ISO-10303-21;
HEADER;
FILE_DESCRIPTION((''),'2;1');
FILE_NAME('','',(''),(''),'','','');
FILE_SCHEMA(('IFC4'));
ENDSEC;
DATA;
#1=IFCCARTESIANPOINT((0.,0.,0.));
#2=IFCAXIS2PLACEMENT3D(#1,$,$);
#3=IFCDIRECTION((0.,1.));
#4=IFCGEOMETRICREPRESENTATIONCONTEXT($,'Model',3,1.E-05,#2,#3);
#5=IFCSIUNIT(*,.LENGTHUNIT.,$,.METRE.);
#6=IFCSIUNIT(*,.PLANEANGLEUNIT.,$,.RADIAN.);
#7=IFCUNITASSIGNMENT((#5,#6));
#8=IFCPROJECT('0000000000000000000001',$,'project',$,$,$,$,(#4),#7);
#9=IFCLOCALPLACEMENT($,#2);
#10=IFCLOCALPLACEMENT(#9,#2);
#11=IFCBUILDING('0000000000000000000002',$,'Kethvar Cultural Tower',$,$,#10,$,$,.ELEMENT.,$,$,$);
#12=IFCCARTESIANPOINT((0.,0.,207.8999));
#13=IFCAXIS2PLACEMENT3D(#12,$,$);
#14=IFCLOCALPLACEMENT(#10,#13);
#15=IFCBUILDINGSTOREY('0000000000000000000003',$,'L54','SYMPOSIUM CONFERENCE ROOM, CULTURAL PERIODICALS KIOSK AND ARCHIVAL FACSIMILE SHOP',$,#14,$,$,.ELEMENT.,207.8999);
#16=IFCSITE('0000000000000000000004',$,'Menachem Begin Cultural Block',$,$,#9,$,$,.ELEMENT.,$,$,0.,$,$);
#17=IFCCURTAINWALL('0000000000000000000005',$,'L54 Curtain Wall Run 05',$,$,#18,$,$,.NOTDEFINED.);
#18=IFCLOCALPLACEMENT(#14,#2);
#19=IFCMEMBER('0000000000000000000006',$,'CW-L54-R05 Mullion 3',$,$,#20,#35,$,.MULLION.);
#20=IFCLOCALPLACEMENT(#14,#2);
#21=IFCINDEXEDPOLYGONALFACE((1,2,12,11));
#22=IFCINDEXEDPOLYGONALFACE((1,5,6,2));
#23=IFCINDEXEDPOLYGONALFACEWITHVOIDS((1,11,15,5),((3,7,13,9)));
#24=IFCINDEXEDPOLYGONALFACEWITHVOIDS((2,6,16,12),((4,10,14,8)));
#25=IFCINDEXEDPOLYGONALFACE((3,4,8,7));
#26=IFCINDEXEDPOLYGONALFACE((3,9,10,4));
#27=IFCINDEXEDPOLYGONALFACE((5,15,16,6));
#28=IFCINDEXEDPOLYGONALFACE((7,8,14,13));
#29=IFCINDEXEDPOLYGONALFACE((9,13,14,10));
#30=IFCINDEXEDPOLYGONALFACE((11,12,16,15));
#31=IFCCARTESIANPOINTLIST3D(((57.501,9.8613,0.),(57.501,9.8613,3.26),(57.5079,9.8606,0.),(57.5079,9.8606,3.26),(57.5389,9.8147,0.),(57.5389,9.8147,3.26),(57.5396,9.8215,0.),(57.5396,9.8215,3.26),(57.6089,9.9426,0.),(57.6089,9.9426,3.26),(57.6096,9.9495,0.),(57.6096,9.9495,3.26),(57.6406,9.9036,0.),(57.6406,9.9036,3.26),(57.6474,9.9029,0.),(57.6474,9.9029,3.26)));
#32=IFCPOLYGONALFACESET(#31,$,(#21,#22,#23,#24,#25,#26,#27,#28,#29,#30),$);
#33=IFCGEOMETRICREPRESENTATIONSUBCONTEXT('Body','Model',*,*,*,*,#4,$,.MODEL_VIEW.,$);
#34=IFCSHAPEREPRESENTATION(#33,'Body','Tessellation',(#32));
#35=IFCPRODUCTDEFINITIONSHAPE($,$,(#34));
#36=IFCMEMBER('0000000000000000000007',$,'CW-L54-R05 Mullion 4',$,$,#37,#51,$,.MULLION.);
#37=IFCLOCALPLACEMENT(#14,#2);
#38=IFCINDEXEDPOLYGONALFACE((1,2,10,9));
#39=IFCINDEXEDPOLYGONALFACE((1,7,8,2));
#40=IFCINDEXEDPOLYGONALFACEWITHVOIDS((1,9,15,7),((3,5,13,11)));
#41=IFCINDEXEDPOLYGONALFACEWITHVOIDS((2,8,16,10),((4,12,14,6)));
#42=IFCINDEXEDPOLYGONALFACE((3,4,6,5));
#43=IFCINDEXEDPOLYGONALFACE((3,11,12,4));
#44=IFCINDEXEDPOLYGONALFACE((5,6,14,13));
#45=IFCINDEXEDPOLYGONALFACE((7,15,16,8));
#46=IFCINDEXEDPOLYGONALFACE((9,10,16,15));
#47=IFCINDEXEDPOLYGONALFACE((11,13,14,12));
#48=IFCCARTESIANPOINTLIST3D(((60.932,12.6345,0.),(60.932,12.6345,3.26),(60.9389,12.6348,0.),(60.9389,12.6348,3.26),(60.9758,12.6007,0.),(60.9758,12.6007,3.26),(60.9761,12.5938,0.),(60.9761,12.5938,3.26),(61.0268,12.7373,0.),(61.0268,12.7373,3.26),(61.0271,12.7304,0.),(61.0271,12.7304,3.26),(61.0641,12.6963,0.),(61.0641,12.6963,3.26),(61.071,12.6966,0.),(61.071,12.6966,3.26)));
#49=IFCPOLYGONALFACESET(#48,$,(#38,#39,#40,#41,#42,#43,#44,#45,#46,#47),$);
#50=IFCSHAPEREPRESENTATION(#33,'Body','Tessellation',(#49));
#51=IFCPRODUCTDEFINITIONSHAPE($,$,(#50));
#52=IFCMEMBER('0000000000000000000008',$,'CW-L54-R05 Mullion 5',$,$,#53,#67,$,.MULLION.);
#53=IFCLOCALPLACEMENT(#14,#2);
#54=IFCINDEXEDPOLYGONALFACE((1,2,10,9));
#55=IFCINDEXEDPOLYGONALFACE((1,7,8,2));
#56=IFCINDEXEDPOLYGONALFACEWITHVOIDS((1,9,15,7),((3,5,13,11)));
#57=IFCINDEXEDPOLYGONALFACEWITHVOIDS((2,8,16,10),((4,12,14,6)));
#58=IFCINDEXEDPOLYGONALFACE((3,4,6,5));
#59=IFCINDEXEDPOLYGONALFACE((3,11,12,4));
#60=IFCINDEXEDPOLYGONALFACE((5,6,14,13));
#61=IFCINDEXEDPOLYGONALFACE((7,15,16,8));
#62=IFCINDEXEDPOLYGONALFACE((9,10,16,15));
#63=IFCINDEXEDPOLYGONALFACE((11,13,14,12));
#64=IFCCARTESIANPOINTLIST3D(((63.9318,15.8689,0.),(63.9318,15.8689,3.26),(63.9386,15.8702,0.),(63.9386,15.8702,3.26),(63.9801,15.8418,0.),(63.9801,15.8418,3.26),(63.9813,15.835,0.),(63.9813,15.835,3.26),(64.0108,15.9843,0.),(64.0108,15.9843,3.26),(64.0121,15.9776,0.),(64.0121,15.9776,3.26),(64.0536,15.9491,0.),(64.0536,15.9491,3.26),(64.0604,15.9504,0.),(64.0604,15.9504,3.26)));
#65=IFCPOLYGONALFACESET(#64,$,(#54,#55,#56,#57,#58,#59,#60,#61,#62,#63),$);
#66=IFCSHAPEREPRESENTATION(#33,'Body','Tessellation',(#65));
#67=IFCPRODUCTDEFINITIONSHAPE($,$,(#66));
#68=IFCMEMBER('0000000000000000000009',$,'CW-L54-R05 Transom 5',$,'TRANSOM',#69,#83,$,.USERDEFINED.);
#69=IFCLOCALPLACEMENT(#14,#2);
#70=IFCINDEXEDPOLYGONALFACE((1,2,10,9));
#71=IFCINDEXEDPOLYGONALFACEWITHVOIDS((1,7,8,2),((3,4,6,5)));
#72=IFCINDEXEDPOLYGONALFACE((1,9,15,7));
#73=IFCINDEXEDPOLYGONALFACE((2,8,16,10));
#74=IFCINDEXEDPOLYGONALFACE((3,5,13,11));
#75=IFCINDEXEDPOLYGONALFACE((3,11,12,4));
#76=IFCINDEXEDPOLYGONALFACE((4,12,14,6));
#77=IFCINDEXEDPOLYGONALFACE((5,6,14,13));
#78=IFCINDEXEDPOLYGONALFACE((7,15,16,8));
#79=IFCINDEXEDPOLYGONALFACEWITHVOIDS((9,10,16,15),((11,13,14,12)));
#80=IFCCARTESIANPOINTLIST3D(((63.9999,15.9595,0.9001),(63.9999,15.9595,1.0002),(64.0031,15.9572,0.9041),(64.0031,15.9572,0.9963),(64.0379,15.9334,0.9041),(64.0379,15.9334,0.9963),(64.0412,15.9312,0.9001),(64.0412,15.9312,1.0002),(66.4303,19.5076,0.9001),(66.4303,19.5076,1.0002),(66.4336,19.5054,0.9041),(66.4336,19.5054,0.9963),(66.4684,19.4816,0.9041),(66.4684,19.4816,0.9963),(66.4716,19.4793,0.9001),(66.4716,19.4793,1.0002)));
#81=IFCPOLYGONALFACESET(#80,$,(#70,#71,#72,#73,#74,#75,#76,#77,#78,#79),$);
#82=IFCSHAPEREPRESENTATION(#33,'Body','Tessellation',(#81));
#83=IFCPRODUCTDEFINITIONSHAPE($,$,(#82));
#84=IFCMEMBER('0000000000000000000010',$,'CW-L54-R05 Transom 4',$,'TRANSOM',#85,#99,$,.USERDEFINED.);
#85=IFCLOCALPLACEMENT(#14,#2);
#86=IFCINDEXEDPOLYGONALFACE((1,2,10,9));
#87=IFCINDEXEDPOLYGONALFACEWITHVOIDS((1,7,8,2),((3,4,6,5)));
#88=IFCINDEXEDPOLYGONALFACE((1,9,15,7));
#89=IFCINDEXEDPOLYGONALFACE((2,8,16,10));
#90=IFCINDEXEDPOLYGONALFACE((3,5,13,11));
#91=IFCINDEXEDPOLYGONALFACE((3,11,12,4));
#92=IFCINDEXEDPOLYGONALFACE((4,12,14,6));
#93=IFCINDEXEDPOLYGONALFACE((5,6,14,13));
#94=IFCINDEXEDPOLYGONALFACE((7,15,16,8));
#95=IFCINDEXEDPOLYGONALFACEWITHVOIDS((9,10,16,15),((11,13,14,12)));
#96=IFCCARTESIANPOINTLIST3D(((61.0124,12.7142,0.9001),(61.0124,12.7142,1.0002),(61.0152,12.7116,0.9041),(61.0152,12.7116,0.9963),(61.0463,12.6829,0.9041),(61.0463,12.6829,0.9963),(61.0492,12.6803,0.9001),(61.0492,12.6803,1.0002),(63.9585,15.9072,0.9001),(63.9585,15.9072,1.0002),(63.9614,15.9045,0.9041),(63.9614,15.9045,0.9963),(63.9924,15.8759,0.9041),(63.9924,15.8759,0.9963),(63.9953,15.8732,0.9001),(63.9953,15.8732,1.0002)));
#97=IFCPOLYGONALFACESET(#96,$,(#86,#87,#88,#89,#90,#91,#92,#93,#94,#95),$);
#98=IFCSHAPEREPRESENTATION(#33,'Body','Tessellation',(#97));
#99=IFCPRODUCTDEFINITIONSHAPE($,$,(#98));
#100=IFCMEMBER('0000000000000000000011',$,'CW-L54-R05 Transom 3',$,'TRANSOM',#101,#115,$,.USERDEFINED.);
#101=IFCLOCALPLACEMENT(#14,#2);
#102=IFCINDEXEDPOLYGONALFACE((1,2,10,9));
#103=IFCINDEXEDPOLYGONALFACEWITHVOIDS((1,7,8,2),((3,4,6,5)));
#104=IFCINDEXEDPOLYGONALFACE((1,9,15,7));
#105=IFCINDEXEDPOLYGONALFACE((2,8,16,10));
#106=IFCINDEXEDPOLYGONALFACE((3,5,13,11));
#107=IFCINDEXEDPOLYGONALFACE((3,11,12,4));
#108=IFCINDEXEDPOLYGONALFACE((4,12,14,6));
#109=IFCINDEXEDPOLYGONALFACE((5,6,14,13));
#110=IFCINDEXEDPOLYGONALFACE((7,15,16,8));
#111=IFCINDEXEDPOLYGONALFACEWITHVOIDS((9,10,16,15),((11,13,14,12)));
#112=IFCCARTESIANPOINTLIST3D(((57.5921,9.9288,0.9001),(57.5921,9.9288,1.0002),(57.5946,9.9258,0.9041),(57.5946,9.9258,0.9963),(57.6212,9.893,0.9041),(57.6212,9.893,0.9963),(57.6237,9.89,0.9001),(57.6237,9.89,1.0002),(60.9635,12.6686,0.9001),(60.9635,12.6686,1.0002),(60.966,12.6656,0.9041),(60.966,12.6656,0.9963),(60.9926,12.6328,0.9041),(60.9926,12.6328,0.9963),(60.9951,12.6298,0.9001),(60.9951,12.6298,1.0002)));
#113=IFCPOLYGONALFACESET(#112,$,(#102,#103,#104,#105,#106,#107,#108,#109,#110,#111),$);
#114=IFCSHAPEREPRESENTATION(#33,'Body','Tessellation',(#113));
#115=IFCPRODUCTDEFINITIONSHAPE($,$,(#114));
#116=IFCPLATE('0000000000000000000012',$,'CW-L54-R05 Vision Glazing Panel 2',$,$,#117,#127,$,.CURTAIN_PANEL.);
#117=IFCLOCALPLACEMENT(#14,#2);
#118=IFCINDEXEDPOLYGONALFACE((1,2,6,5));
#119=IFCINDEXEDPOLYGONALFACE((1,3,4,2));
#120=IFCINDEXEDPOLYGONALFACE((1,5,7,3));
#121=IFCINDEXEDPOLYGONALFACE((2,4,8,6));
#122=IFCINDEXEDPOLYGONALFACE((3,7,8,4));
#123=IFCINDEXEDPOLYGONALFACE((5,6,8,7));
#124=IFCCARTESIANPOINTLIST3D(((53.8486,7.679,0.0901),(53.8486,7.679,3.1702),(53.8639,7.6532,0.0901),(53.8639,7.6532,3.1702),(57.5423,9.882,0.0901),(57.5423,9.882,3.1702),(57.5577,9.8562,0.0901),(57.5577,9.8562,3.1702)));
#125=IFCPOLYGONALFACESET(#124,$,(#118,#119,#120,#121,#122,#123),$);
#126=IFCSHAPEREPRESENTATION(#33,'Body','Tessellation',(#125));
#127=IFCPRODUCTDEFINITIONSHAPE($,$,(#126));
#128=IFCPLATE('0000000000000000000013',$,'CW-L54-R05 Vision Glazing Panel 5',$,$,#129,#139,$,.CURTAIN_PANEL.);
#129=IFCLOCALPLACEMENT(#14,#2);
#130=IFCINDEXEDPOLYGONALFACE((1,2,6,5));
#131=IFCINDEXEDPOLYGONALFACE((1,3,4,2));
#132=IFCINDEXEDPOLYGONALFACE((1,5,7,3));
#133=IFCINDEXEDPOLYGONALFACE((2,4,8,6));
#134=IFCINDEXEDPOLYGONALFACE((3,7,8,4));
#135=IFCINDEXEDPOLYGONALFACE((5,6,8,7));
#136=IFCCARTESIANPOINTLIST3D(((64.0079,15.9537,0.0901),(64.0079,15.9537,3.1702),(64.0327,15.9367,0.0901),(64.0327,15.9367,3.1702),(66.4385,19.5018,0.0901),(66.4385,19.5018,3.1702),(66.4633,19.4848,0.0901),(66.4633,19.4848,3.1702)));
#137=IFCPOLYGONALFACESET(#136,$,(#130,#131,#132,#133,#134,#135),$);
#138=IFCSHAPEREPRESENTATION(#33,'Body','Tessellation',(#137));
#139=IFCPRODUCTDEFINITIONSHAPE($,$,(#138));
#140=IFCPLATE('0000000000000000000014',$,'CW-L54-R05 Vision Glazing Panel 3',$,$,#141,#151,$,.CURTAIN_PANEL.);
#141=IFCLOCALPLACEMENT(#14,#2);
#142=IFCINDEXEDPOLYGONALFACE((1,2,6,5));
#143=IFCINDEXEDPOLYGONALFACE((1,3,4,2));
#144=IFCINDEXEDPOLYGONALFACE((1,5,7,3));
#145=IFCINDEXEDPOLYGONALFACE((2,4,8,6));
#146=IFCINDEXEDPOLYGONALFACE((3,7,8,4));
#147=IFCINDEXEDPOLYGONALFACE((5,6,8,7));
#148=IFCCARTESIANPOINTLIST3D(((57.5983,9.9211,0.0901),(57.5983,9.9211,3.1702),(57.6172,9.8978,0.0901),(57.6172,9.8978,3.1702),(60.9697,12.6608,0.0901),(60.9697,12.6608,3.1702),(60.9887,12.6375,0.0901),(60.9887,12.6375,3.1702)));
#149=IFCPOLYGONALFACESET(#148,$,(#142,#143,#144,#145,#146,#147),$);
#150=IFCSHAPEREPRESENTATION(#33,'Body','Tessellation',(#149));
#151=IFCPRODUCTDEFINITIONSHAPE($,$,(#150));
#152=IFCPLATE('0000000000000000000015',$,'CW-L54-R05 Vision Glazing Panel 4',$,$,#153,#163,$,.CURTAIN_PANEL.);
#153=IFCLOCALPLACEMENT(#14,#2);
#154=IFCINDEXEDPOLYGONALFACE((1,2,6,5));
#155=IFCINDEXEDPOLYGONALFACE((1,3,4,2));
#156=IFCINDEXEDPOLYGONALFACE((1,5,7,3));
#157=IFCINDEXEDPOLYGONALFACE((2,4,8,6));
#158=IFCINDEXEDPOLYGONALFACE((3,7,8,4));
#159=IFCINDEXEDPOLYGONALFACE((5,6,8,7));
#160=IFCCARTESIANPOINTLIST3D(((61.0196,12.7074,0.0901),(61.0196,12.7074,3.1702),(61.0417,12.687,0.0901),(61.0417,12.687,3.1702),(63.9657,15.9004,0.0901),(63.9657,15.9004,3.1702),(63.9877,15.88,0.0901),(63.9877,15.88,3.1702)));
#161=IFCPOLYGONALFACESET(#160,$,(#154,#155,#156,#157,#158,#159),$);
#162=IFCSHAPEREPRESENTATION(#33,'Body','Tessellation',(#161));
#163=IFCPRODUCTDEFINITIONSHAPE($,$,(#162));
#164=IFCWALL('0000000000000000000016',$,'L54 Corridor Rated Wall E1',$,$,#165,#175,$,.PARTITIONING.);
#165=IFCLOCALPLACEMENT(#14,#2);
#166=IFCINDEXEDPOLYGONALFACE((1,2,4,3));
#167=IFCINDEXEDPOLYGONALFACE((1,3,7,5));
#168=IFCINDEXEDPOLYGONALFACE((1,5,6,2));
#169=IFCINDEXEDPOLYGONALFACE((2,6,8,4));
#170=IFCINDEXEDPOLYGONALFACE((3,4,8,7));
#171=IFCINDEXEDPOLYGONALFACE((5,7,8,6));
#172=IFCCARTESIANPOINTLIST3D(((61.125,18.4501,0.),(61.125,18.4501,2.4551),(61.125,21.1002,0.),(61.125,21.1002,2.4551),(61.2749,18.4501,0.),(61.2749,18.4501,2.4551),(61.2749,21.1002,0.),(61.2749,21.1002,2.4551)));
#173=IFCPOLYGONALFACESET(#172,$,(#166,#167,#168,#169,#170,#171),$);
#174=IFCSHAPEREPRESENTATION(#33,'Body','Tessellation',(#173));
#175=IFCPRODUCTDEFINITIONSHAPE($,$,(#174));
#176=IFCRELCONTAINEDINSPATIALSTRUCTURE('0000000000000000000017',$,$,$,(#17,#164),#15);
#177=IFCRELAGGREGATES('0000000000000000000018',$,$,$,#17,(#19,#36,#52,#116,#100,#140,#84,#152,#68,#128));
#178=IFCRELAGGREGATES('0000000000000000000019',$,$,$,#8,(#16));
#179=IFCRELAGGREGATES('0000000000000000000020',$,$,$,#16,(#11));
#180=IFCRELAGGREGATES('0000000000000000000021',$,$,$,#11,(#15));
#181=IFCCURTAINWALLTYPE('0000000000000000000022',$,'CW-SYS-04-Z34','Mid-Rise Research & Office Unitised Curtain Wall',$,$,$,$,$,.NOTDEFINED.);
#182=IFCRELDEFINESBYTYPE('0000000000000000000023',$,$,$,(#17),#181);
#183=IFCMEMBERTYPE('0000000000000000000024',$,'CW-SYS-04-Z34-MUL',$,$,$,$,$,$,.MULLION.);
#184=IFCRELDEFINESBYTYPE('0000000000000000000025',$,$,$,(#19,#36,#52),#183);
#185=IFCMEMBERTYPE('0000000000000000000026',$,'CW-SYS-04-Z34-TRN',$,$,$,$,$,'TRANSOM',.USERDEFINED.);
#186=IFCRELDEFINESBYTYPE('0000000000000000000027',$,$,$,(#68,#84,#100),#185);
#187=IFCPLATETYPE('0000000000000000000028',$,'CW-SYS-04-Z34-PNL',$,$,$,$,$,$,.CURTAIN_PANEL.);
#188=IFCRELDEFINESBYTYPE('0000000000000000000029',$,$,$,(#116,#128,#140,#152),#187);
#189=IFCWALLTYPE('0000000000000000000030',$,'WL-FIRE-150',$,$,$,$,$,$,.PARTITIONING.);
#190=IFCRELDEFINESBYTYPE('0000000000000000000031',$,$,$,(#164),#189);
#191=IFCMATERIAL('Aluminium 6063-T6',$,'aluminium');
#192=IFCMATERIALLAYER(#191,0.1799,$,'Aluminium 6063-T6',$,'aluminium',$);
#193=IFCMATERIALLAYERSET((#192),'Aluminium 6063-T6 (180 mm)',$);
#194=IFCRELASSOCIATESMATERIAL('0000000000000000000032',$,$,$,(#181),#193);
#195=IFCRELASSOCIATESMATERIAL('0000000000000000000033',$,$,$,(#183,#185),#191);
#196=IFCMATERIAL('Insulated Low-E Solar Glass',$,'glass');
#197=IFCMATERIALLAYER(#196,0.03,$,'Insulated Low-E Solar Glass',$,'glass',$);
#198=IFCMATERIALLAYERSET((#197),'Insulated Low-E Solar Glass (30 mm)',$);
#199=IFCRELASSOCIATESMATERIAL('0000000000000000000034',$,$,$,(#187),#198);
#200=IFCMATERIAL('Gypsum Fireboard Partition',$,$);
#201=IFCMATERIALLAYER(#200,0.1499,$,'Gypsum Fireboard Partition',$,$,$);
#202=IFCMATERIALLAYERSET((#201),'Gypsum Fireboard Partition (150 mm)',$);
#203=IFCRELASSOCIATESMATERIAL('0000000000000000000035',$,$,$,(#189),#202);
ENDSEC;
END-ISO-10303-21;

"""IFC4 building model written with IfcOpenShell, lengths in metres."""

from ifc_helpers import new_model, si_unit, direction, frame, frame_2d, origin, origin_2d, place, context, subcontext, project, spatial, rectangle, hollow_rectangle, extrude, source, transform, mapped, material, layer, layer_set, material_profile, profile_set, type_object, element, aggregate, save


model = new_model("IFC4")

# Units and contexts
model_context = context("Model", 3, precision=1e-05, world=origin(), true_north=direction((0.0, 1.0)))
body_context = subcontext(model_context, "Body", "Model", "MODEL_VIEW")
ifc_project = project(units=[si_unit("LENGTHUNIT", "METRE"), si_unit("PLANEANGLEUNIT", "RADIAN")], contexts=[model_context])

# Site, building, storey
site_placement = place(None, origin())
site = spatial("IfcSite", under=ifc_project, at=site_placement, Name="Menachem Begin Cultural Block", CompositionType="ELEMENT", RefElevation=0.0)
building_placement = place(site_placement, origin())
building = spatial("IfcBuilding", under=site, at=building_placement, Name="Kethvar Cultural Tower", CompositionType="ELEMENT")
storey_placement = place(building_placement, frame((0.0, 0.0, 207.8999)))
storey = spatial("IfcBuildingStorey", under=building, at=storey_placement, Name="L54", Description="SYMPOSIUM CONFERENCE ROOM, CULTURAL PERIODICALS KIOSK AND ARCHIVAL FACSIMILE SHOP", CompositionType="ELEMENT", Elevation=207.8999)

# Curtain wall, members, plates
ifc_material_1 = material(Name="Aluminium 6063-T6", Category="aluminium")
ifc_layer_1 = layer(ifc_material_1, 0.1799, Name="Aluminium 6063-T6", Category="aluminium")
ifc_layer_set_1 = layer_set([ifc_layer_1], Name="Aluminium 6063-T6 (180 mm)")
curtain_wall_type = type_object("IfcCurtainWallType", Name="CW-SYS-04-Z34", Description="Mid-Rise Research & Office Unitised Curtain Wall", PredefinedType="NOTDEFINED", material=ifc_layer_set_1)
curtain_wall_placement = place(storey_placement, origin())
curtain_wall = element("IfcCurtainWall", 1, at=curtain_wall_placement, inside=storey, type_object=curtain_wall_type, Name="L54 Curtain Wall Run 05", PredefinedType="NOTDEFINED")
ifc_material_profile_1 = material_profile(ifc_material_1, hollow_rectangle(XDim=0.0601, YDim=0.1399, WallThickness=0.0049, at=origin_2d()), Name="Aluminium 6063-T6 — RHS140x60x5")
ifc_profile_set_1 = profile_set([ifc_material_profile_1], Name="Aluminium 6063-T6 — RHS140x60x5")
member_type_1 = type_object("IfcMemberType", Name="CW-SYS-04-Z34-MUL", PredefinedType="MULLION", material=ifc_profile_set_1)
shared_shape_1 = source(origin(), body_context, "Body", "SweptSolid", [
    extrude(hollow_rectangle(XDim=0.0601, YDim=0.1399, WallThickness=0.0049, at=origin_2d()), origin(), (0.0, 0.0, 1.0), 3.26),
])
member_1_placement = place(storey_placement, frame((57.5742, 9.8821, 0.0), z_axis=(0.0, 0.0, 1.0), x_axis=(-0.630635, 0.776079, 0.0)))
member_1 = element("IfcMember", 2, at=member_1_placement, type_object=member_type_1, Name="CW-L54-R05 Mullion 3", PredefinedType="MULLION", context=body_context, shape_type="MappedRepresentation", body=[
    mapped(shared_shape_1, transform((0.0, 0.0, 0.0), scale=1.0)),
])
member_2_placement = place(storey_placement, frame((61.0015, 12.6655, 0.0), z_axis=(0.0, 0.0, 1.0), x_axis=(-0.73495, 0.678121, 0.0)))
member_2 = element("IfcMember", 3, at=member_2_placement, type_object=member_type_1, Name="CW-L54-R05 Mullion 4", PredefinedType="MULLION", context=body_context, shape_type="MappedRepresentation", body=[
    mapped(shared_shape_1, transform((0.0, 0.0, 0.0), scale=1.0)),
])
member_3_placement = place(storey_placement, frame((63.9961, 15.9097, 0.0), z_axis=(0.0, 0.0, 1.0), x_axis=(-0.824995, 0.56514, 0.0)))
member_3 = element("IfcMember", 4, at=member_3_placement, type_object=member_type_1, Name="CW-L54-R05 Mullion 5", PredefinedType="MULLION", context=body_context, shape_type="MappedRepresentation", body=[
    mapped(shared_shape_1, transform((0.0, 0.0, 0.0), scale=1.0)),
])
ifc_material_profile_2 = material_profile(ifc_material_1, hollow_rectangle(XDim=0.05, YDim=0.1001, WallThickness=0.0039, at=origin_2d()), Name="Aluminium 6063-T6 — RHS100x50x4")
ifc_profile_set_2 = profile_set([ifc_material_profile_2], Name="Aluminium 6063-T6 — RHS100x50x4")
member_type_2 = type_object("IfcMemberType", Name="CW-SYS-04-Z34-TRN", ElementType="TRANSOM", PredefinedType="USERDEFINED", material=ifc_profile_set_2)
shared_shape_2 = source(origin(), body_context, "Body", "SweptSolid", [
    extrude(hollow_rectangle(XDim=0.05, YDim=0.1001, WallThickness=0.0039, at=origin_2d()), origin(), (0.0, 0.0, 1.0), 4.3008),
])
member_4_placement = place(storey_placement, frame((64.0205, 15.9453, 0.9502), z_axis=(0.565123, 0.825006, 0.0), x_axis=(-0.825006, 0.565123, 0.0)))
member_4 = element("IfcMember", 5, at=member_4_placement, type_object=member_type_2, Name="CW-L54-R05 Transom 5", ObjectType="TRANSOM", PredefinedType="USERDEFINED", context=body_context, shape_type="MappedRepresentation", body=[
    mapped(shared_shape_2, transform((0.0, 0.0, 0.0), scale=1.0)),
])
shared_shape_3 = source(origin(), body_context, "Body", "SweptSolid", [
    extrude(hollow_rectangle(XDim=0.05, YDim=0.1001, WallThickness=0.0039, at=origin_2d()), origin(), (0.0, 0.0, 1.0), 4.3445),
])
member_5_placement = place(storey_placement, frame((61.0308, 12.6973, 0.9502), z_axis=(0.678128, 0.734943, 0.0), x_axis=(-0.734943, 0.678128, 0.0)))
member_5 = element("IfcMember", 6, at=member_5_placement, type_object=member_type_2, Name="CW-L54-R05 Transom 4", ObjectType="TRANSOM", PredefinedType="USERDEFINED", context=body_context, shape_type="MappedRepresentation", body=[
    mapped(shared_shape_3, transform((0.0, 0.0, 0.0), scale=1.0)),
])
shared_shape_4 = source(origin(), body_context, "Body", "SweptSolid", [
    extrude(hollow_rectangle(XDim=0.05, YDim=0.1001, WallThickness=0.0039, at=origin_2d()), origin(), (0.0, 0.0, 1.0), 4.3442),
])
member_6_placement = place(storey_placement, frame((57.6079, 9.9094, 0.9502), z_axis=(0.776054, 0.630667, 0.0), x_axis=(-0.630667, 0.776054, 0.0)))
member_6 = element("IfcMember", 7, at=member_6_placement, type_object=member_type_2, Name="CW-L54-R05 Transom 3", ObjectType="TRANSOM", PredefinedType="USERDEFINED", context=body_context, shape_type="MappedRepresentation", body=[
    mapped(shared_shape_4, transform((0.0, 0.0, 0.0), scale=1.0)),
])
ifc_material_2 = material(Name="Insulated Low-E Solar Glass", Category="glass")
ifc_layer_2 = layer(ifc_material_2, 0.03, Name="Insulated Low-E Solar Glass", Category="glass")
ifc_layer_set_2 = layer_set([ifc_layer_2], Name="Insulated Low-E Solar Glass (30 mm)")
plate_type = type_object("IfcPlateType", Name="CW-SYS-04-Z34-PNL", PredefinedType="CURTAIN_PANEL", material=ifc_layer_set_2)
shared_shape_5 = source(origin(), body_context, "Body", "SweptSolid", [
    extrude(rectangle(XDim=4.3008, YDim=0.03, at=origin_2d()), origin(), (0.0, 0.0, 1.0), 3.0801),
])
plate_1_placement = place(storey_placement, frame((55.7031, 8.7676, 0.0901), z_axis=(0.0, 0.0, 1.0), x_axis=(0.858853, 0.512223, 0.0)))
plate_1 = element("IfcPlate", 8, at=plate_1_placement, type_object=plate_type, Name="CW-L54-R05 Vision Glazing Panel 2", PredefinedType="CURTAIN_PANEL", context=body_context, shape_type="MappedRepresentation", body=[
    mapped(shared_shape_5, transform((0.0, 0.0, 0.0), scale=1.0)),
])
plate_2_placement = place(storey_placement, frame((65.2356, 17.7192, 0.0901), z_axis=(0.0, 0.0, 1.0), x_axis=(0.56514, 0.824995, 0.0)))
plate_2 = element("IfcPlate", 9, at=plate_2_placement, type_object=plate_type, Name="CW-L54-R05 Vision Glazing Panel 5", PredefinedType="CURTAIN_PANEL", context=body_context, shape_type="MappedRepresentation", body=[
    mapped(shared_shape_5, transform((0.0, 0.0, 0.0), scale=1.0)),
])
shared_shape_6 = source(origin(), body_context, "Body", "SweptSolid", [
    extrude(rectangle(XDim=4.3442, YDim=0.03, at=origin_2d()), origin(), (0.0, 0.0, 1.0), 3.0801),
])
plate_3_placement = place(storey_placement, frame((59.2935, 11.2793, 0.0901), z_axis=(0.0, 0.0, 1.0), x_axis=(0.776079, 0.630635, 0.0)))
plate_3 = element("IfcPlate", 10, at=plate_3_placement, type_object=plate_type, Name="CW-L54-R05 Vision Glazing Panel 3", PredefinedType="CURTAIN_PANEL", context=body_context, shape_type="MappedRepresentation", body=[
    mapped(shared_shape_6, transform((0.0, 0.0, 0.0), scale=1.0)),
])
shared_shape_7 = source(origin(), body_context, "Body", "SweptSolid", [
    extrude(rectangle(XDim=4.3445, YDim=0.03, at=origin_2d()), origin(), (0.0, 0.0, 1.0), 3.0801),
])
plate_4_placement = place(storey_placement, frame((62.5037, 14.2937, 0.0901), z_axis=(0.0, 0.0, 1.0), x_axis=(0.678121, 0.73495, 0.0)))
plate_4 = element("IfcPlate", 11, at=plate_4_placement, type_object=plate_type, Name="CW-L54-R05 Vision Glazing Panel 4", PredefinedType="CURTAIN_PANEL", context=body_context, shape_type="MappedRepresentation", body=[
    mapped(shared_shape_7, transform((0.0, 0.0, 0.0), scale=1.0)),
])
aggregate(curtain_wall, [member_1, member_2, member_3, plate_1, member_6, plate_3, member_5, plate_4, member_4, plate_2])

# Wall
ifc_material_3 = material(Name="Gypsum Fireboard Partition")
ifc_layer_3 = layer(ifc_material_3, 0.1499, Name="Gypsum Fireboard Partition")
ifc_layer_set_3 = layer_set([ifc_layer_3], Name="Gypsum Fireboard Partition (150 mm)")
wall_type = type_object("IfcWallType", Name="WL-FIRE-150", PredefinedType="PARTITIONING", material=ifc_layer_set_3)
wall_placement = place(storey_placement, frame((61.2, 18.45, 0.0), z_axis=(0.0, 0.0, 1.0), x_axis=(0.0, 1.0, 0.0)))
element("IfcWall", 12, at=wall_placement, inside=storey, type_object=wall_type, Name="L54 Corridor Rated Wall E1", PredefinedType="PARTITIONING", context=body_context, shape_type="SweptSolid", body=[
    extrude(rectangle(XDim=2.6501, YDim=0.1499, at=frame_2d((1.3252, 0.0))), origin(), (0.0, 0.0, 1.0), 2.4551),
])

save(model, "model.ifc")
